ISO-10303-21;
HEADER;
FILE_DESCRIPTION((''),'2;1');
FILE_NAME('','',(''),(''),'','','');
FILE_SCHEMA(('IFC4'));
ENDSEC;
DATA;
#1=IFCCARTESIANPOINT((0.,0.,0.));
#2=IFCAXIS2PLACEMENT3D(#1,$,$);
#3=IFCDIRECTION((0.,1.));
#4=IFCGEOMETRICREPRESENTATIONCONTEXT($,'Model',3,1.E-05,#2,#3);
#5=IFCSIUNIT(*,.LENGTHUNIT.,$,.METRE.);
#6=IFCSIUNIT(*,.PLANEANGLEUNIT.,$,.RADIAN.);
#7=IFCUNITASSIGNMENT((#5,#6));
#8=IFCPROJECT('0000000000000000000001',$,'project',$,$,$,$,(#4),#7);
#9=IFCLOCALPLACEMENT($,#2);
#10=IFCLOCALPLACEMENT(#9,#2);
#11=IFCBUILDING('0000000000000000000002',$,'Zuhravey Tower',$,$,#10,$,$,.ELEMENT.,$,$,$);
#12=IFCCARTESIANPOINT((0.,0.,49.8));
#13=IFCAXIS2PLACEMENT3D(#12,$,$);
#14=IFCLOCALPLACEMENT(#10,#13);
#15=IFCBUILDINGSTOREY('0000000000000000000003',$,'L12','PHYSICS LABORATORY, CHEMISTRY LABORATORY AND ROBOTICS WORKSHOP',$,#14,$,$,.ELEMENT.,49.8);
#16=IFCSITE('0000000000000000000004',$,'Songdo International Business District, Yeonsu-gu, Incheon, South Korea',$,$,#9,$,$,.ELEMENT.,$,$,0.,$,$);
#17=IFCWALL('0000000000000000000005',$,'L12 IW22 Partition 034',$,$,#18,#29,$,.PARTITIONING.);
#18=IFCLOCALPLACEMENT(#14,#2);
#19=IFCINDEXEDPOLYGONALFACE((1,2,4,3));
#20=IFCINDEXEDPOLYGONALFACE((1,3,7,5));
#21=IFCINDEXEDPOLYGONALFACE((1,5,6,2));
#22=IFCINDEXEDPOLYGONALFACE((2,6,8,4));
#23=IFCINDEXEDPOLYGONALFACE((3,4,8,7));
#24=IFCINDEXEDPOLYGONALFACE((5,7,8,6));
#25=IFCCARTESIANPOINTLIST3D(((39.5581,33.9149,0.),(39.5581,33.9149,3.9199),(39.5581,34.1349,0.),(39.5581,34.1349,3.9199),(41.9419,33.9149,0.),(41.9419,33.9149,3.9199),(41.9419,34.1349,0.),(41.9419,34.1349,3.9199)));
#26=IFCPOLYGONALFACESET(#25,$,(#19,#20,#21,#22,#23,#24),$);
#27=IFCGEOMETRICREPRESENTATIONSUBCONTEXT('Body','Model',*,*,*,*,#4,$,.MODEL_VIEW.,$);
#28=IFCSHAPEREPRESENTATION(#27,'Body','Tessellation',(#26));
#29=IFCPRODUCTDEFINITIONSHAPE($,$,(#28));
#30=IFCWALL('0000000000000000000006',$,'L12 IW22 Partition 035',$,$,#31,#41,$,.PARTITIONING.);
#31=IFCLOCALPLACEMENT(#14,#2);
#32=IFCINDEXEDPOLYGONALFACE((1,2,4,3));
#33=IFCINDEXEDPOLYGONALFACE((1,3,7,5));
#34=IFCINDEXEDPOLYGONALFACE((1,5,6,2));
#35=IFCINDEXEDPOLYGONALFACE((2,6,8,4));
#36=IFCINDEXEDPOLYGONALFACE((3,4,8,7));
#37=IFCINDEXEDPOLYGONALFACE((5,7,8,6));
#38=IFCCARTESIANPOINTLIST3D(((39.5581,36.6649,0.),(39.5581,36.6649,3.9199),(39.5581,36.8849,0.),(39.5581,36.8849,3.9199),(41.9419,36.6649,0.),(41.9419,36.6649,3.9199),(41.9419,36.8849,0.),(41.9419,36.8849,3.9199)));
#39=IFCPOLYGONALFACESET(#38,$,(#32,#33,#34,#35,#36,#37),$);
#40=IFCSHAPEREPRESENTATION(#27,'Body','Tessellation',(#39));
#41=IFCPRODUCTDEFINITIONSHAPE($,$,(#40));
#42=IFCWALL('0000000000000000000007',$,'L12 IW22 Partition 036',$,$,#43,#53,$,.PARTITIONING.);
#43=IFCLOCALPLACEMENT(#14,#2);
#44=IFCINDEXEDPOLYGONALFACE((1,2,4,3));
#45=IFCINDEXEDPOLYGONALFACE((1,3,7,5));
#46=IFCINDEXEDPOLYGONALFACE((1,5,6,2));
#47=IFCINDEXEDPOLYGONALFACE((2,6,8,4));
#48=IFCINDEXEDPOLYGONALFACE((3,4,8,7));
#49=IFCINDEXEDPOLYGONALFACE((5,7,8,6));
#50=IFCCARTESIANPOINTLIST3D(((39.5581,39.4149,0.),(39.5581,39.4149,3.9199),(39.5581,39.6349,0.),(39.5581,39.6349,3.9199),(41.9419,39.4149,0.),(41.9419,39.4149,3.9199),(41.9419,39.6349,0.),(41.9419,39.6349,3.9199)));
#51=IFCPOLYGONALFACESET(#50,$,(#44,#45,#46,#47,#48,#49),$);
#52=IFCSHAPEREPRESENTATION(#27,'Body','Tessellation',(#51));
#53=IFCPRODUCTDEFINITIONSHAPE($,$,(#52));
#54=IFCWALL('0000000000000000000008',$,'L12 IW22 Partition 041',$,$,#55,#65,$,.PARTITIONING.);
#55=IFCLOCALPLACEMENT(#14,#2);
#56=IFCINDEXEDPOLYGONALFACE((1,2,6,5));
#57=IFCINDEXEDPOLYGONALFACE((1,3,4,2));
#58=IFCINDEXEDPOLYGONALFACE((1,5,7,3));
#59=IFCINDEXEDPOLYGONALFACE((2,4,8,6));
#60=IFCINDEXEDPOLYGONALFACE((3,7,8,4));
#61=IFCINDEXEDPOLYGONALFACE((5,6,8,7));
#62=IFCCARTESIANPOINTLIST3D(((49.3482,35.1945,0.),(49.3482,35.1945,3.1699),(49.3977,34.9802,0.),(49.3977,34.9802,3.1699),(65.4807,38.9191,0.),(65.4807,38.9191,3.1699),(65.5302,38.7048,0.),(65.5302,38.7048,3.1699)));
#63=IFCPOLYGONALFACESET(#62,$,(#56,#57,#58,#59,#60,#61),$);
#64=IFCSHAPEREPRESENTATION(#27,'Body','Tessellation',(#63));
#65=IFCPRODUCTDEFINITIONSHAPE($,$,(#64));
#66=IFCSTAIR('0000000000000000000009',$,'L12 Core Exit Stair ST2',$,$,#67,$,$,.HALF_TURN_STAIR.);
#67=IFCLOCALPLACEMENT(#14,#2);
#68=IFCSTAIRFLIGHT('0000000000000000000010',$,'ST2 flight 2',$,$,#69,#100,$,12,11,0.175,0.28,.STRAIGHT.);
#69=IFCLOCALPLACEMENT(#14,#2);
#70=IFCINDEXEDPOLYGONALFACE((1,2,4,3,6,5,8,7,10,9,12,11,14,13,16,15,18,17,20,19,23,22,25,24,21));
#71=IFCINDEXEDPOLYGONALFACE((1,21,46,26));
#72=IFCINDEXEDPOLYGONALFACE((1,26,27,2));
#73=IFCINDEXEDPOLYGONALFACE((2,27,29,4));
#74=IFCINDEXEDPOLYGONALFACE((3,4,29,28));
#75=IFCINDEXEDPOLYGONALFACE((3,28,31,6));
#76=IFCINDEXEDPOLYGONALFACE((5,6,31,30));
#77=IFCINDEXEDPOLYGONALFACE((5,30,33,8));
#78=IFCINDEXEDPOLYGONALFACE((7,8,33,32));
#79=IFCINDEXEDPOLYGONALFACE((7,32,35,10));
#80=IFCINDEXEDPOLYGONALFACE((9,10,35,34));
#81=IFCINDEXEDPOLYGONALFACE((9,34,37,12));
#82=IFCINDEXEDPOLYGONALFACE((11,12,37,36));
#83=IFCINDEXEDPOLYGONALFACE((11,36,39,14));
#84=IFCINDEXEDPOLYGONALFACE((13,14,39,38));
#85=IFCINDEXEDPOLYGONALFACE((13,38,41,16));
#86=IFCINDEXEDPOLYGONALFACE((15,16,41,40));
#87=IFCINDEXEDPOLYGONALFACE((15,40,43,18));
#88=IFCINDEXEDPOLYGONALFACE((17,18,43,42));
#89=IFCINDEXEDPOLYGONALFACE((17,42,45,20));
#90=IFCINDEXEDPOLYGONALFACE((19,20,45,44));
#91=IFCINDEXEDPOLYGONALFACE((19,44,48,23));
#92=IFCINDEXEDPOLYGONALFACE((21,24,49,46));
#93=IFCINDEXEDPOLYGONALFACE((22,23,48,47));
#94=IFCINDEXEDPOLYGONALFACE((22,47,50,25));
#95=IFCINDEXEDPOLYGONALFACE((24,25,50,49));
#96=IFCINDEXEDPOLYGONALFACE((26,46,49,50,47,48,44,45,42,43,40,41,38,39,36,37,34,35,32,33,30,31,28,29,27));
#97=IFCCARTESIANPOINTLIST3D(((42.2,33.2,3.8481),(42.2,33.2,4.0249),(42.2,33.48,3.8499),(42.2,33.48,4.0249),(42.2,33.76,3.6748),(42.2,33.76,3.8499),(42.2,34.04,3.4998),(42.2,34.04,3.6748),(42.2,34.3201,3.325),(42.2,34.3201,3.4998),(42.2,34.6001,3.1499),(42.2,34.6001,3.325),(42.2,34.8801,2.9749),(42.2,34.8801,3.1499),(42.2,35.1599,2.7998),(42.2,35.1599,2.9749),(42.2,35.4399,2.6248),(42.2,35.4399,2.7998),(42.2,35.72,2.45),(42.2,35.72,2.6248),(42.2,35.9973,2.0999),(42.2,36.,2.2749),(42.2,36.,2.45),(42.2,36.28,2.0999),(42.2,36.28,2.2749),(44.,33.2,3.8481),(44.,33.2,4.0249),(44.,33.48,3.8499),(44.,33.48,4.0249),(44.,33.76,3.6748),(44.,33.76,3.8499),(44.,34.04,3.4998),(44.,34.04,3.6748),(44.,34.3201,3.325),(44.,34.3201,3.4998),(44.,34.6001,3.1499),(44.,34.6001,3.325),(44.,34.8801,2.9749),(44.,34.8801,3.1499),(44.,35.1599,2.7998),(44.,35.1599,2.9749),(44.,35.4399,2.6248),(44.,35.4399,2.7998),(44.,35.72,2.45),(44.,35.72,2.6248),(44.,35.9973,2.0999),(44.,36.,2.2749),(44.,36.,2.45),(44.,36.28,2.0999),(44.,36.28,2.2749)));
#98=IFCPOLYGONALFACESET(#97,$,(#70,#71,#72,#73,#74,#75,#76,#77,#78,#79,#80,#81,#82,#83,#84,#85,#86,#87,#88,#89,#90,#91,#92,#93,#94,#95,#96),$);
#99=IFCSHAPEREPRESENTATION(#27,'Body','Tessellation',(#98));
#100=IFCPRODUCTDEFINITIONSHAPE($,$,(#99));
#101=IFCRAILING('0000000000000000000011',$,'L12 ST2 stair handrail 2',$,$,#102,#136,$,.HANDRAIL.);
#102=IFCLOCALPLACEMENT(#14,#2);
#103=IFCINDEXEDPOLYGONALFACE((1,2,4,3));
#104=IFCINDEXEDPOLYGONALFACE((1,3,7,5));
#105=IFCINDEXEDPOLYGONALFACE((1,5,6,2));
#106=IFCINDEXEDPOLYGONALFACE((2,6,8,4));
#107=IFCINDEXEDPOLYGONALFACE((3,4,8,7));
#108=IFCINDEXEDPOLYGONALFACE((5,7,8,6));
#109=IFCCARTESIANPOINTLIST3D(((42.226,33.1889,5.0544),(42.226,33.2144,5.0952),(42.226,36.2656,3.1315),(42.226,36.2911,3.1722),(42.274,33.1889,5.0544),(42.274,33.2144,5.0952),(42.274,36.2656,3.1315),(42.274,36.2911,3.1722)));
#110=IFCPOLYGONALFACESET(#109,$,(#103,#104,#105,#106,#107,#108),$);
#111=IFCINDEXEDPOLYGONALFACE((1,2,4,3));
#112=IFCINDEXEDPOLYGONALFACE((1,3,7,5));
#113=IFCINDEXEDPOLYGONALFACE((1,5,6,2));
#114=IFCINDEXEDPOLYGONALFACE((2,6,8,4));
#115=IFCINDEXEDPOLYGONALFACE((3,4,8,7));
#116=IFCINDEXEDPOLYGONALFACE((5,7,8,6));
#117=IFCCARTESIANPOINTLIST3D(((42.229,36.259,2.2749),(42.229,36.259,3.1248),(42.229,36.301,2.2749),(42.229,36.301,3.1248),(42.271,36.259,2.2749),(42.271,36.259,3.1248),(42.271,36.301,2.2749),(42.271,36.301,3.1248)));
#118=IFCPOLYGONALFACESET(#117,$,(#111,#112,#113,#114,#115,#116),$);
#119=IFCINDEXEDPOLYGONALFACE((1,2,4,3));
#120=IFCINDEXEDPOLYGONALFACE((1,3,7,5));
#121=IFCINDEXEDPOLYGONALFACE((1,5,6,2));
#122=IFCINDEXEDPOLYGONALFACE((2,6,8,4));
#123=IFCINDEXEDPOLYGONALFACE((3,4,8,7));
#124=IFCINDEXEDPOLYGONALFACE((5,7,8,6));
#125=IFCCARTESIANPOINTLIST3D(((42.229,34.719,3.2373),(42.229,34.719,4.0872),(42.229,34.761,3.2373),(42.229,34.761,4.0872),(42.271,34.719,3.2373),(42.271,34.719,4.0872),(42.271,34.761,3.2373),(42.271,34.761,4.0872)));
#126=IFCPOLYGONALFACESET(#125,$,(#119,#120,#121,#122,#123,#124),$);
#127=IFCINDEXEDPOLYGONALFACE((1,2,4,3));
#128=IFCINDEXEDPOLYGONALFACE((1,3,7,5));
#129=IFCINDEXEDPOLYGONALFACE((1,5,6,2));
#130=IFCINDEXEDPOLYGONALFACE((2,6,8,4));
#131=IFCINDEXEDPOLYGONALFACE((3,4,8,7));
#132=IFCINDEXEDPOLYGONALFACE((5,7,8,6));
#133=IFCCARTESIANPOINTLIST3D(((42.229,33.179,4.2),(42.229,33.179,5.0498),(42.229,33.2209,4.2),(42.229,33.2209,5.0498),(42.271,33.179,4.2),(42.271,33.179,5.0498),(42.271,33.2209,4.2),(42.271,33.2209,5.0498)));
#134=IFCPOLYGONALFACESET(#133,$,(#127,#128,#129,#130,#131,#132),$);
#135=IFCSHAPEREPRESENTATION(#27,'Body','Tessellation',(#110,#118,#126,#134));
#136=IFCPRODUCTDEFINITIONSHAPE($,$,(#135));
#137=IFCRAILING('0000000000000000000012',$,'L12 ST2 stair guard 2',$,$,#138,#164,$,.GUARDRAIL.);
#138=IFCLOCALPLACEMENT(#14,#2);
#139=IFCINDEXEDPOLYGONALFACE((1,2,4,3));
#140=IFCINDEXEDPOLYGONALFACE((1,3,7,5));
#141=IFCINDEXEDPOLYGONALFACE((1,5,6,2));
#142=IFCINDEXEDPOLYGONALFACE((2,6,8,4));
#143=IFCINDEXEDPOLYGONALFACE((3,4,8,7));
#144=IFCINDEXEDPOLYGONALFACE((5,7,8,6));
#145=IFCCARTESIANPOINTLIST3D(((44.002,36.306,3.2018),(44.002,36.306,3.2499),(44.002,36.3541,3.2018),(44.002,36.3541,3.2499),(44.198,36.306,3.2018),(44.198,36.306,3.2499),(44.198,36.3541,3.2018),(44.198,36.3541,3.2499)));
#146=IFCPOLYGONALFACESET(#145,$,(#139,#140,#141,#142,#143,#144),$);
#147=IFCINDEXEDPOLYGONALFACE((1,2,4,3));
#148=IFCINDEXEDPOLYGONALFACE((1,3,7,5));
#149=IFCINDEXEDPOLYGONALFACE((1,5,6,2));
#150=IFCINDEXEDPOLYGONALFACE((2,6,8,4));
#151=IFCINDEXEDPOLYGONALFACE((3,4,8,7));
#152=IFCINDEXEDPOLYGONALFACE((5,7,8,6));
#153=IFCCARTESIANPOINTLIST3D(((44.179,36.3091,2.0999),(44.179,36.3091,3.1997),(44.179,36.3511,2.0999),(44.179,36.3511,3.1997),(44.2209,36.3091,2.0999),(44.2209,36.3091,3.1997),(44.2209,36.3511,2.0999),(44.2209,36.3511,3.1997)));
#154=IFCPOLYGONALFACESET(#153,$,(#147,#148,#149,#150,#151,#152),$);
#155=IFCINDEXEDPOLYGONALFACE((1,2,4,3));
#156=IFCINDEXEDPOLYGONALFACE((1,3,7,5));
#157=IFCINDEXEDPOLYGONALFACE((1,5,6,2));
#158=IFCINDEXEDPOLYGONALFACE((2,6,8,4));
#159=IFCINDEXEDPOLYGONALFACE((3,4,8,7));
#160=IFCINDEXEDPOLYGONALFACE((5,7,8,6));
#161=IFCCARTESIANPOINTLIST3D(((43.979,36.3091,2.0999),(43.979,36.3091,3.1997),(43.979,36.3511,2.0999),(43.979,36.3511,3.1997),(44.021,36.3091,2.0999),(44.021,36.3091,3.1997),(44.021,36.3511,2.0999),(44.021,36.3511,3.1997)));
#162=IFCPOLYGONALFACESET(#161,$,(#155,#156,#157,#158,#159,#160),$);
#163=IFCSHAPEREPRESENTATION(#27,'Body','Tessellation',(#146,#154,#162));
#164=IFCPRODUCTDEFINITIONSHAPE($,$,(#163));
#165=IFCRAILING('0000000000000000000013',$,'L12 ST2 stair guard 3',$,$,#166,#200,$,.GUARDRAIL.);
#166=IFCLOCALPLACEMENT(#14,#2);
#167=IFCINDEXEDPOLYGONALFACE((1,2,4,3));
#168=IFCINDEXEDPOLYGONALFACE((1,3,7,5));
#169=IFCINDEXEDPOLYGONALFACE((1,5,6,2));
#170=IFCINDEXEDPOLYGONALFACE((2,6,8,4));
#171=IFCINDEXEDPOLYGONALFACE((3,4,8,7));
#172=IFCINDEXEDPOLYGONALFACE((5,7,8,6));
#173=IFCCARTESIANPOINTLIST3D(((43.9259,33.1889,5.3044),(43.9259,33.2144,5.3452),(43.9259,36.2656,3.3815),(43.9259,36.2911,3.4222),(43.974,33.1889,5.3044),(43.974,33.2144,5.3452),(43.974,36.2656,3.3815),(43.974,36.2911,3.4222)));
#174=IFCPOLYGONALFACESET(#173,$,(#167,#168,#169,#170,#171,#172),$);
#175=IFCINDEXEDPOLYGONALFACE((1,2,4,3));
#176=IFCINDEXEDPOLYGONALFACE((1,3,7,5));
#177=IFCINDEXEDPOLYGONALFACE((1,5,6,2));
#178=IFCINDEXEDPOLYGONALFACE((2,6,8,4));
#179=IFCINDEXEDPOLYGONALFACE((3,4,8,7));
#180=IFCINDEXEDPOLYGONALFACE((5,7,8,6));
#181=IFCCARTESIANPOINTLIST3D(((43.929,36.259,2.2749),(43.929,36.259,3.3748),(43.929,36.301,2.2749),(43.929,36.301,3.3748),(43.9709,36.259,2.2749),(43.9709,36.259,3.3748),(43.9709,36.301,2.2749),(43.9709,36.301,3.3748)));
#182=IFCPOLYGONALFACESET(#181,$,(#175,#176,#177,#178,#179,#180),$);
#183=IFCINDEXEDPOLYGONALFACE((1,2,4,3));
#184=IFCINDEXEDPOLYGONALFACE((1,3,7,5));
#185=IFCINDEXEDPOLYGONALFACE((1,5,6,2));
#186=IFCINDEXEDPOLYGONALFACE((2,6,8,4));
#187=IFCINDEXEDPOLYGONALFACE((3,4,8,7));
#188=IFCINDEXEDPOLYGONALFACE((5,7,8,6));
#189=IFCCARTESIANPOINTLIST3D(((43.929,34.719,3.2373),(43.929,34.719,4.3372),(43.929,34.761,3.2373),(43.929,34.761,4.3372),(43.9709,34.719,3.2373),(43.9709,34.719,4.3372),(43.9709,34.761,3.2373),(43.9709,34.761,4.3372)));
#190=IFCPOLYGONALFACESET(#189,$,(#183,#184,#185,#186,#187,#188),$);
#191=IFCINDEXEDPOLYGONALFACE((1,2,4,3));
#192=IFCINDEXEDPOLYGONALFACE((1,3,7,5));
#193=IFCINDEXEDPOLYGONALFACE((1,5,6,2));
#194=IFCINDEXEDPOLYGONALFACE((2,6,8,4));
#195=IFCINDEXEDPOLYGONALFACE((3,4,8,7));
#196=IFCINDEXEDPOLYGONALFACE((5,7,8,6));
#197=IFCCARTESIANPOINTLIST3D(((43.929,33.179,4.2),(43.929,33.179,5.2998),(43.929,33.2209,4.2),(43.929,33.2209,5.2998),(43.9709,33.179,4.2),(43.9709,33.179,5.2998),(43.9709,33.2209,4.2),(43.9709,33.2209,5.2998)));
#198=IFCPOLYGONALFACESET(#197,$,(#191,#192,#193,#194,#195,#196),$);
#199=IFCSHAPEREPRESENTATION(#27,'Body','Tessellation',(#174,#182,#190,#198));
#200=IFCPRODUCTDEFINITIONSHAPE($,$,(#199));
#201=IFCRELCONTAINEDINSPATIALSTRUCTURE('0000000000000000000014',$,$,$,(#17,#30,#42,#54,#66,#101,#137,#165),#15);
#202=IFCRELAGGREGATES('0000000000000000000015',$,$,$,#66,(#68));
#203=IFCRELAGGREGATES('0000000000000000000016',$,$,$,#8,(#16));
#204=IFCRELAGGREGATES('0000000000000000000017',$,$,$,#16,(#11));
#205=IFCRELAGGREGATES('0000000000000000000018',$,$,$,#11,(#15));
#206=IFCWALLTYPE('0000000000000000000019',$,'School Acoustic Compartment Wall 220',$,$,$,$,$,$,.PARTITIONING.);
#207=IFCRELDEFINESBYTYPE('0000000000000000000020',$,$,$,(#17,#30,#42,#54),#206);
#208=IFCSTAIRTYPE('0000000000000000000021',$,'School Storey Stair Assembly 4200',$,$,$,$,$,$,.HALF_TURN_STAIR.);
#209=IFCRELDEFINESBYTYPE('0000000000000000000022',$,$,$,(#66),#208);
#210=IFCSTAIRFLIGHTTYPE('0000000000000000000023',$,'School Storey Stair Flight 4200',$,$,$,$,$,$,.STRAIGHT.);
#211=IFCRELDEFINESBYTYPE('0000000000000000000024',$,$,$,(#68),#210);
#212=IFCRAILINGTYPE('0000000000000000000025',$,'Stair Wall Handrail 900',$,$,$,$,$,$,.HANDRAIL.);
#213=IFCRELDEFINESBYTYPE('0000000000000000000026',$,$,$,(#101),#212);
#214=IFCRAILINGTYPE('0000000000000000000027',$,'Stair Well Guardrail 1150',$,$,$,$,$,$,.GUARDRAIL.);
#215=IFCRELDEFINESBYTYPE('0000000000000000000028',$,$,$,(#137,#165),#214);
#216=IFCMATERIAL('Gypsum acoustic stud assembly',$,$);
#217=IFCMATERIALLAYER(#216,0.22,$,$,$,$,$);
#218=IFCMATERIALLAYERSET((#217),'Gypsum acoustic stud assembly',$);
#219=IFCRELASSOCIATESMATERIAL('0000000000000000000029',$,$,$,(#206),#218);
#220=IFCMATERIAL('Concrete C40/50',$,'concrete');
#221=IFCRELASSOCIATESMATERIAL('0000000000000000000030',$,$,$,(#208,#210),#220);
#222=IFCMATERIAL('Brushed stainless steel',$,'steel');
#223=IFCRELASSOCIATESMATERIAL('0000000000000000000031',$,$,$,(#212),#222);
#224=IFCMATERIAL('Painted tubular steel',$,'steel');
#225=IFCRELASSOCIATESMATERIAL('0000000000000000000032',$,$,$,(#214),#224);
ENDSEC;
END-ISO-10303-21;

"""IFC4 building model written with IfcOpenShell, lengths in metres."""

from ifc_helpers import new_model, si_unit, direction, frame, frame_2d, origin, origin_2d, place, context, subcontext, project, spatial, polyline, rectangle, outline, extrude, material, layer, layer_set, type_object, element, aggregate, save


model = new_model("IFC4")

# Units and contexts
model_context = context("Model", 3, precision=1e-05, world=origin(), true_north=direction((0.0, 1.0)))
body_context = subcontext(model_context, "Body", "Model", "MODEL_VIEW")
ifc_project = project(units=[si_unit("LENGTHUNIT", "METRE"), si_unit("PLANEANGLEUNIT", "RADIAN")], contexts=[model_context])

# Site, building, storey
site_placement = place(None, origin())
site = spatial("IfcSite", under=ifc_project, at=site_placement, Name="Songdo International Business District, Yeonsu-gu, Incheon, South Korea", CompositionType="ELEMENT", RefElevation=0.0)
building_placement = place(site_placement, origin())
building = spatial("IfcBuilding", under=site, at=building_placement, Name="Zuhravey Tower", CompositionType="ELEMENT")
storey_placement = place(building_placement, frame((0.0, 0.0, 49.8)))
storey = spatial("IfcBuildingStorey", under=building, at=storey_placement, Name="L12", Description="PHYSICS LABORATORY, CHEMISTRY LABORATORY AND ROBOTICS WORKSHOP", CompositionType="ELEMENT", Elevation=49.8)

# Walls
ifc_material_1 = material(Name="Gypsum acoustic stud assembly")
ifc_layer_1 = layer(ifc_material_1, 0.22)
ifc_layer_set_1 = layer_set([ifc_layer_1], Name="Gypsum acoustic stud assembly")
wall_type_1 = type_object("IfcWallType", Name="School Acoustic Compartment Wall 220", PredefinedType="PARTITIONING", material=ifc_layer_set_1)
for number, where, z_axis, x_axis, name in (
    (1, (39.5581, 34.0249, 0.0), (0.0, 0.0, 1.0), (1.0, 0.0, 0.0), "L12 IW22 Partition 034"),
    (2, (39.5581, 36.7749, 0.0), (0.0, 0.0, 1.0), (1.0, 0.0, 0.0), "L12 IW22 Partition 035"),
    (3, (39.5581, 39.5249, 0.0), (0.0, 0.0, 1.0), (1.0, 0.0, 0.0), "L12 IW22 Partition 036"),
):
    element("IfcWall", number, at=place(storey_placement, frame(where, z_axis=z_axis, x_axis=x_axis)), inside=storey, type_object=wall_type_1, Name=name, PredefinedType="PARTITIONING", context=body_context, shape_type="SweptSolid", body=[
        extrude(rectangle(XDim=2.3838, YDim=0.22, at=frame_2d((1.1919, 0.0))), origin(), (0.0, 0.0, 1.0), 3.9199),
    ])
wall_1_placement = place(storey_placement, frame((49.373, 35.0874, 0.0), z_axis=(0.0, 0.0, 1.0), x_axis=(0.974369, 0.224958, 0.0)))
element("IfcWall", 4, at=wall_1_placement, inside=storey, type_object=wall_type_1, Name="L12 IW22 Partition 041", PredefinedType="PARTITIONING", context=body_context, shape_type="SweptSolid", body=[
    extrude(rectangle(XDim=16.5569, YDim=0.22, at=frame_2d((8.2783, 0.0))), origin(), (0.0, 0.0, 1.0), 3.1699),
])

# Stair, stair flight
ifc_material_2 = material(Name="Concrete C40/50", Category="concrete")
stair_type = type_object("IfcStairType", Name="School Storey Stair Assembly 4200", PredefinedType="HALF_TURN_STAIR", material=ifc_material_2)
stair_placement = place(storey_placement, origin())
stair = element("IfcStair", 5, at=stair_placement, inside=storey, type_object=stair_type, Name="L12 Core Exit Stair ST2", PredefinedType="HALF_TURN_STAIR")
stair_flight_type = type_object("IfcStairFlightType", Name="School Storey Stair Flight 4200", PredefinedType="STRAIGHT", material=ifc_material_2)
stair_flight_placement = place(storey_placement, frame((43.1001, 36.28, 2.0999), z_axis=(0.0, 0.0, 1.0), x_axis=(0.0, -1.0, 0.0)))
stair_flight = element("IfcStairFlight", 6, at=stair_flight_placement, type_object=stair_flight_type, Name="ST2 flight 2", NumberOfRisers=12, NumberOfTreads=11, PredefinedType="STRAIGHT", RiserHeight=0.175, TreadLength=0.28, context=body_context, shape_type="SweptSolid", body=[
    extrude(outline(polyline([(0.0, 0.0), (0.0, 0.175), (0.28, 0.175), (0.28, 0.3501), (0.5601, 0.3501), (0.5601, 0.5249), (0.8401, 0.5249), (0.8401, 0.7), (1.1201, 0.7), (1.1201, 0.875), (1.3999, 0.875), (1.3999, 1.05), (1.6799, 1.05), (1.6799, 1.2251), (1.96, 1.2251), (1.96, 1.3999), (2.24, 1.3999), (2.24, 1.575), (2.52, 1.575), (2.52, 1.75), (2.8, 1.75), (2.8, 1.925), (3.0801, 1.925), (3.0801, 2.1001), (3.0801, 1.7483), (0.2827, 0.0), (0.0, 0.0)])), frame((0.0, 0.8999, 0.0), z_axis=(0.0, -1.0, 0.0), x_axis=(1.0, 0.0, 0.0)), (0.0, 0.0, 1.0), 1.8),
])
aggregate(stair, [stair_flight])

# Railings
ifc_material_3 = material(Name="Brushed stainless steel", Category="steel")
railing_type_1 = type_object("IfcRailingType", Name="Stair Wall Handrail 900", PredefinedType="HANDRAIL", material=ifc_material_3)
railing_1_placement = place(storey_placement, frame((42.25, 36.28, 2.2749)))
element("IfcRailing", 7, at=railing_1_placement, inside=storey, type_object=railing_type_1, Name="L12 ST2 stair handrail 2", PredefinedType="HANDRAIL", context=body_context, shape_type="SweptSolid", body=[
    extrude(rectangle(XDim=0.0481, YDim=0.0481, at=origin_2d()), frame((0.0, -0.0017, 0.877), z_axis=(0.0, -0.847998, 0.529999), x_axis=(1.0, 0.0, 0.0)), (0.0, 0.0, 1.0), 3.6282),
    extrude(rectangle(XDim=0.042, YDim=0.042, at=origin_2d()), origin(), (0.0, 0.0, 1.0), 0.8499),
    extrude(rectangle(XDim=0.042, YDim=0.042, at=origin_2d()), frame((0.0, -1.54, 0.9624)), (0.0, 0.0, 1.0), 0.8499),
    extrude(rectangle(XDim=0.042, YDim=0.042, at=origin_2d()), frame((0.0, -3.0801, 1.925)), (0.0, 0.0, 1.0), 0.8499),
])
ifc_material_4 = material(Name="Painted tubular steel", Category="steel")
railing_type_2 = type_object("IfcRailingType", Name="Stair Well Guardrail 1150", PredefinedType="GUARDRAIL", material=ifc_material_4)
railing_2_placement = place(storey_placement, frame((44.2, 36.3301, 2.0999)))
element("IfcRailing", 8, at=railing_2_placement, inside=storey, type_object=railing_type_2, Name="L12 ST2 stair guard 2", PredefinedType="GUARDRAIL", context=body_context, shape_type="SweptSolid", body=[
    extrude(rectangle(XDim=0.0481, YDim=0.0481, at=origin_2d()), frame((-0.002, 0.0, 1.126), z_axis=(-1.0, 0.0, 0.0), x_axis=(0.0, -1.0, 0.0)), (0.0, 0.0, 1.0), 0.196),
    extrude(rectangle(XDim=0.042, YDim=0.042, at=origin_2d()), origin(), (0.0, 0.0, 1.0), 1.0999),
    extrude(rectangle(XDim=0.042, YDim=0.042, at=origin_2d()), frame((-0.2, 0.0, 0.0)), (0.0, 0.0, 1.0), 1.0999),
])
railing_3_placement = place(storey_placement, frame((43.95, 36.28, 2.2749)))
element("IfcRailing", 9, at=railing_3_placement, inside=storey, type_object=railing_type_2, Name="L12 ST2 stair guard 3", PredefinedType="GUARDRAIL", context=body_context, shape_type="SweptSolid", body=[
    extrude(rectangle(XDim=0.0481, YDim=0.0481, at=origin_2d()), frame((0.0, -0.0017, 1.127), z_axis=(0.0, -0.847998, 0.529999), x_axis=(1.0, 0.0, 0.0)), (0.0, 0.0, 1.0), 3.6282),
    extrude(rectangle(XDim=0.042, YDim=0.042, at=origin_2d()), origin(), (0.0, 0.0, 1.0), 1.0999),
    extrude(rectangle(XDim=0.042, YDim=0.042, at=origin_2d()), frame((0.0, -1.54, 0.9624)), (0.0, 0.0, 1.0), 1.0999),
    extrude(rectangle(XDim=0.042, YDim=0.042, at=origin_2d()), frame((0.0, -3.0801, 1.925)), (0.0, 0.0, 1.0), 1.0999),
])

save(model, "model.ifc")
